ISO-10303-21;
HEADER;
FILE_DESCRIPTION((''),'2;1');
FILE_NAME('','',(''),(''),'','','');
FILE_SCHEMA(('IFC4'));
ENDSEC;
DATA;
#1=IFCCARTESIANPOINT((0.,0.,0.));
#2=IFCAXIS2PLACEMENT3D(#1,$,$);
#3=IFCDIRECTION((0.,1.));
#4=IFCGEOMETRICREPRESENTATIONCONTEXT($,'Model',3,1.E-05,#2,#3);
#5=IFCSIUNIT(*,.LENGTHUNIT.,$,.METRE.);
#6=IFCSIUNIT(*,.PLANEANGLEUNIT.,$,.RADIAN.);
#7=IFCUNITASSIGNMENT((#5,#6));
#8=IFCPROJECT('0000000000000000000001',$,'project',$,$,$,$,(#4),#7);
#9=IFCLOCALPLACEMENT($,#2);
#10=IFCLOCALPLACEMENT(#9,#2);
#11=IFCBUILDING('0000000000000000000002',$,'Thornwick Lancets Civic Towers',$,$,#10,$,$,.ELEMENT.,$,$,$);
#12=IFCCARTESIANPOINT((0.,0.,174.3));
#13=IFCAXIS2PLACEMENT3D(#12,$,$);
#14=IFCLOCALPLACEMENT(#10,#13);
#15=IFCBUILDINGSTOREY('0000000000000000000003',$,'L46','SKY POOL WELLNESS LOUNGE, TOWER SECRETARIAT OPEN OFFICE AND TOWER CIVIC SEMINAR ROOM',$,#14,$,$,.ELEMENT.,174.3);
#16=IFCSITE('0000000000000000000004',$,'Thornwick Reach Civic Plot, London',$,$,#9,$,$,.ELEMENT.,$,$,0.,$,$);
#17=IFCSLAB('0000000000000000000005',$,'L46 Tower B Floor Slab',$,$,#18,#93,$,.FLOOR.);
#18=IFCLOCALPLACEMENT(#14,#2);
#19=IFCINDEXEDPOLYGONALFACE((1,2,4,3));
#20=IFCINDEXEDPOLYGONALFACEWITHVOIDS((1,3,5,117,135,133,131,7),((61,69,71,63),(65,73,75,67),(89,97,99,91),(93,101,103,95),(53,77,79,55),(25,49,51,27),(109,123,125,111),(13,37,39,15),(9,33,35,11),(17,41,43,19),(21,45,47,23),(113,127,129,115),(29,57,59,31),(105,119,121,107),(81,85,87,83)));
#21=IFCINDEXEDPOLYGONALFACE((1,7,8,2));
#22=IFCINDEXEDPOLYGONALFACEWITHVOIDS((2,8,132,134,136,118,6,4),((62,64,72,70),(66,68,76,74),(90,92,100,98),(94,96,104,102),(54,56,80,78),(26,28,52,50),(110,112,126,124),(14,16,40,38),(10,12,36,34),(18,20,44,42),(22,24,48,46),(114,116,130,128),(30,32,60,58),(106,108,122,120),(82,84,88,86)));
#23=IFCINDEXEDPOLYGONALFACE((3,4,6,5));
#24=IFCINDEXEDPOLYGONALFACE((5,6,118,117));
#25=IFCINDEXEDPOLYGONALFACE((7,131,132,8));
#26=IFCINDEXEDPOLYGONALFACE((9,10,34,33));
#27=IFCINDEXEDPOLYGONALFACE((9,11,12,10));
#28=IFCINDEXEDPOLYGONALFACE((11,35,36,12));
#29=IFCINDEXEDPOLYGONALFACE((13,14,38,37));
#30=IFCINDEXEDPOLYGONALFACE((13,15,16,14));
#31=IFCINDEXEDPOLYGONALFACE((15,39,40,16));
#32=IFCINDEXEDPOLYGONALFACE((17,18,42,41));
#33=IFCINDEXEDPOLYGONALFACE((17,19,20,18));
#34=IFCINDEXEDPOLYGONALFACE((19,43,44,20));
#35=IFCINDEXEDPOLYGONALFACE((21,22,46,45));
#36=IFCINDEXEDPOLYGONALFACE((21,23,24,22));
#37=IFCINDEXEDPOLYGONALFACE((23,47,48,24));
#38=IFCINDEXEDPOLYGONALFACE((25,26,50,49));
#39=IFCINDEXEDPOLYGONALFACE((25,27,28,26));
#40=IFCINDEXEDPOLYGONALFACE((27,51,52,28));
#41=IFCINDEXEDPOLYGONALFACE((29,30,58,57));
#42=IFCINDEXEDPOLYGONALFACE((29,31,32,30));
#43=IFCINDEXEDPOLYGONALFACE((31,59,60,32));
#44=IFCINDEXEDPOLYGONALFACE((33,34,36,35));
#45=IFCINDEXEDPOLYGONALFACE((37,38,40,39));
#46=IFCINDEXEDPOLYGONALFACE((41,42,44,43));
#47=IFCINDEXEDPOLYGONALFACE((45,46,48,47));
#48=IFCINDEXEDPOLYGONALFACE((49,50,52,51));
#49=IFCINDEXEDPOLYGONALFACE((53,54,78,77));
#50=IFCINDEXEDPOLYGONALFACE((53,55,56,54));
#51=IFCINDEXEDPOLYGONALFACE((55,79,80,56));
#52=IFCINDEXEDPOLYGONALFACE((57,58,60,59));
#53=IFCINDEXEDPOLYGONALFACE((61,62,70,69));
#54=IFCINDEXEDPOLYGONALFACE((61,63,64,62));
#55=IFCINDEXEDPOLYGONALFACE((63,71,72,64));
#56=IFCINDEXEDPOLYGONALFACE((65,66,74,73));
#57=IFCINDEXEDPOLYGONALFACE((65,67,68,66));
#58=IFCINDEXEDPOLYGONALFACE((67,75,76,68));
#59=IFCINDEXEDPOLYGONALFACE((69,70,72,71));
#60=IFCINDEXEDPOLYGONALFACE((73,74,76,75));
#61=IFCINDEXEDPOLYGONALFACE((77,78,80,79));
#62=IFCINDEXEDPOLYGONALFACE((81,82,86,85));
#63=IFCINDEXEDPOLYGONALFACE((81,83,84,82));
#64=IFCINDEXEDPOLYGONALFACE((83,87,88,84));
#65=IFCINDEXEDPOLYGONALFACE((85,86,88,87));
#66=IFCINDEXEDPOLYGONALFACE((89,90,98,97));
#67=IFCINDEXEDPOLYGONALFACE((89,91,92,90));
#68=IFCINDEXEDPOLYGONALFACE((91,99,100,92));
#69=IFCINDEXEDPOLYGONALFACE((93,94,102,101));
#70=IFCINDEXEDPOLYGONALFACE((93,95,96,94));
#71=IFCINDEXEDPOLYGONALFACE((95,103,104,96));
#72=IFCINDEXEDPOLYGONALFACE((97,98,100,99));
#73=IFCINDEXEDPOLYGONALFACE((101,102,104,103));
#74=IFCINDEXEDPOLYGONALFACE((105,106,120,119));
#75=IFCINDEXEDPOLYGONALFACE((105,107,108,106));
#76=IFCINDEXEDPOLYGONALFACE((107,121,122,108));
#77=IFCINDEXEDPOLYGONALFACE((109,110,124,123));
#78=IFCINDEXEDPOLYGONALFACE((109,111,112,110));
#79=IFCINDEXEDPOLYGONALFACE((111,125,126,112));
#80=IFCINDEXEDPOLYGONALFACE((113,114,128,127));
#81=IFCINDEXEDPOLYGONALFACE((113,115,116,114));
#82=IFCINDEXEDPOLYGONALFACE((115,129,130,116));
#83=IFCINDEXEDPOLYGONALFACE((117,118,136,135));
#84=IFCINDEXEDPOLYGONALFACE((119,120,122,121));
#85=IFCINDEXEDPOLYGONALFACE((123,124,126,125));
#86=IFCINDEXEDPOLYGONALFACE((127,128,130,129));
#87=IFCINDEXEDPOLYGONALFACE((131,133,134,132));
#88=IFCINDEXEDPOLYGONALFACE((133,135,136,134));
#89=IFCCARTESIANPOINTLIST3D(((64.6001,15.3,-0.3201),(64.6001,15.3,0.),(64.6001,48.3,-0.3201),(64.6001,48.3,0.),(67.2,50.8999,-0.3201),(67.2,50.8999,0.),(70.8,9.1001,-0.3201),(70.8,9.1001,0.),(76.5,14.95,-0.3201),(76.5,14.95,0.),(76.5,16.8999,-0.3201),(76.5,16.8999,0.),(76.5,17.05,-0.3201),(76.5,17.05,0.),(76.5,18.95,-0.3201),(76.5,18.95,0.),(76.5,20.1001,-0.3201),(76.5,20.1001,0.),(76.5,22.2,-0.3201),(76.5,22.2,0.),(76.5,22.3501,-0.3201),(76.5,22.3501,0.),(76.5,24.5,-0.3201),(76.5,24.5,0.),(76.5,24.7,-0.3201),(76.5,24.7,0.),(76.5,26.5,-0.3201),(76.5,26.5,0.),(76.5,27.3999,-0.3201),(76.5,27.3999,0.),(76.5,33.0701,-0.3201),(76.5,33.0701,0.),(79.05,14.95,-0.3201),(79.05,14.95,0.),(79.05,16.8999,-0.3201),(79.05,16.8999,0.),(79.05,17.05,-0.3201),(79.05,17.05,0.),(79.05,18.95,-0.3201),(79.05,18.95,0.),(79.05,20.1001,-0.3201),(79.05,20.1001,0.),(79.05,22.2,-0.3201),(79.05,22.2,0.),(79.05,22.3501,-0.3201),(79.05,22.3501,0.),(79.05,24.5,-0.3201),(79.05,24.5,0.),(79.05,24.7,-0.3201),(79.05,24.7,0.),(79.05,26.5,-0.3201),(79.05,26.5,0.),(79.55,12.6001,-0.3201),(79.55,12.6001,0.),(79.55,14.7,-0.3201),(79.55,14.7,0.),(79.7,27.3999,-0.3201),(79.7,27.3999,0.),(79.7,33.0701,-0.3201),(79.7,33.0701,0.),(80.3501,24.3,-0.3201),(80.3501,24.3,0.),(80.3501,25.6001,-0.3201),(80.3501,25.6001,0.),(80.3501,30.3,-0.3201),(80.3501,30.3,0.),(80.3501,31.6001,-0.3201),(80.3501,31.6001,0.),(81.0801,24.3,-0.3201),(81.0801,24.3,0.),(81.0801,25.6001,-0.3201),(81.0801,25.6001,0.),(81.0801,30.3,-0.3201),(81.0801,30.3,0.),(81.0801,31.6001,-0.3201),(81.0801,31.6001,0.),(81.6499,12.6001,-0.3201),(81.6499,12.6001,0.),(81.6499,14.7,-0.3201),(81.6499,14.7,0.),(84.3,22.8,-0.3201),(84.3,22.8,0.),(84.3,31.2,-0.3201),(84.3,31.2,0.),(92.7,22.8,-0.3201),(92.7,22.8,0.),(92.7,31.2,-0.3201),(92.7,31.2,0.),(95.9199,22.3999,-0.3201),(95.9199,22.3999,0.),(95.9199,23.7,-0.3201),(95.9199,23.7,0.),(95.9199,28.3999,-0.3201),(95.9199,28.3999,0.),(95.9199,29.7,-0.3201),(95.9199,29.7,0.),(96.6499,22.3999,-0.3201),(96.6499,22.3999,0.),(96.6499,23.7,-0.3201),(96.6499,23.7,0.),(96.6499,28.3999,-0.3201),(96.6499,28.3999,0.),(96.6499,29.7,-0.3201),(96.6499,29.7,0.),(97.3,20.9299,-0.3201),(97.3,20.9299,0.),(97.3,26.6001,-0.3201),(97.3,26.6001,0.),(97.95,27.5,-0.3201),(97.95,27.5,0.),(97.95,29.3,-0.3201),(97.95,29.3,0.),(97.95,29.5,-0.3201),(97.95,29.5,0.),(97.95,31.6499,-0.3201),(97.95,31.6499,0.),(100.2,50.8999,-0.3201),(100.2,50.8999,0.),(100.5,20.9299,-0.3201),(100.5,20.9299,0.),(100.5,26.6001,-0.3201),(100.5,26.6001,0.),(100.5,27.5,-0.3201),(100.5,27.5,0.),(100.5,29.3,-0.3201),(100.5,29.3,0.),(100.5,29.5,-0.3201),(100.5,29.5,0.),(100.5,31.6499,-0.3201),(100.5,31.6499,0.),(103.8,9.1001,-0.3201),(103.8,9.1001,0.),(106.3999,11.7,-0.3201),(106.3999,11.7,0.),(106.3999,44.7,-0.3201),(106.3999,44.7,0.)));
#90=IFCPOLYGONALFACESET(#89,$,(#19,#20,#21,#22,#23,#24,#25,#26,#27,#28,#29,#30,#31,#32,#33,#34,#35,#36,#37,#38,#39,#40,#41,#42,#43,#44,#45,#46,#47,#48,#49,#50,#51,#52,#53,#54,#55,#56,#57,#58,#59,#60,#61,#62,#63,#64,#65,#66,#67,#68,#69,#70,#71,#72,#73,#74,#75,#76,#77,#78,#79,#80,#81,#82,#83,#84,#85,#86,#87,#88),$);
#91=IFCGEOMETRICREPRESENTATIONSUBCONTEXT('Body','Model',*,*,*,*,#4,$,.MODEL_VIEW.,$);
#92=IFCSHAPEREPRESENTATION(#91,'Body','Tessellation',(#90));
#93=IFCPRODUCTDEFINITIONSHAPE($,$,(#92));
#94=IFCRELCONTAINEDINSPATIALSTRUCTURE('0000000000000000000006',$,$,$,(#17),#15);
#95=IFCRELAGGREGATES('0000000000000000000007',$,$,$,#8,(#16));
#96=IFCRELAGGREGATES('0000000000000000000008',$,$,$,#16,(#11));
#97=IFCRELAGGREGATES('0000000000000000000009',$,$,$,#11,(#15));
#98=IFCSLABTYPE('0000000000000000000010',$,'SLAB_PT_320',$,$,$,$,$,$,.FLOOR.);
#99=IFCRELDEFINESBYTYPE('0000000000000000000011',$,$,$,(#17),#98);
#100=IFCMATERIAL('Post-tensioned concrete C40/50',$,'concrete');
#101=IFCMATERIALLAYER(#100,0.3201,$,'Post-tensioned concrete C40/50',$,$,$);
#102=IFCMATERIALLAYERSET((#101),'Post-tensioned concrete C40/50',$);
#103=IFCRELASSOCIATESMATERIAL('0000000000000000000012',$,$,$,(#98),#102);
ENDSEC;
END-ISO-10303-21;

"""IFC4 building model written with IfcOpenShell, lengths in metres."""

from ifc_helpers import new_model, si_unit, direction, frame, origin, place, context, subcontext, project, spatial, polyline, outline, extrude, material, layer, layer_set, type_object, element, save


model = new_model("IFC4")

# Units and contexts
model_context = context("Model", 3, precision=1e-05, world=origin(), true_north=direction((0.0, 1.0)))
body_context = subcontext(model_context, "Body", "Model", "MODEL_VIEW")
ifc_project = project(units=[si_unit("LENGTHUNIT", "METRE"), si_unit("PLANEANGLEUNIT", "RADIAN")], contexts=[model_context])

# Site, building, storey
site_placement = place(None, origin())
site = spatial("IfcSite", under=ifc_project, at=site_placement, Name="Thornwick Reach Civic Plot, London", CompositionType="ELEMENT", RefElevation=0.0)
building_placement = place(site_placement, origin())
building = spatial("IfcBuilding", under=site, at=building_placement, Name="Thornwick Lancets Civic Towers", CompositionType="ELEMENT")
storey_placement = place(building_placement, frame((0.0, 0.0, 174.3)))
storey = spatial("IfcBuildingStorey", under=building, at=storey_placement, Name="L46", Description="SKY POOL WELLNESS LOUNGE, TOWER SECRETARIAT OPEN OFFICE AND TOWER CIVIC SEMINAR ROOM", CompositionType="ELEMENT", Elevation=174.3)

# Slab
ifc_material_1 = material(Name="Post-tensioned concrete C40/50", Category="concrete")
ifc_layer_1 = layer(ifc_material_1, 0.3201, Name="Post-tensioned concrete C40/50")
ifc_layer_set_1 = layer_set([ifc_layer_1], Name="Post-tensioned concrete C40/50")
slab_type_1 = type_object("IfcSlabType", Name="SLAB_PT_320", PredefinedType="FLOOR", material=ifc_layer_set_1)
slab_1_placement = place(storey_placement, frame((0.0, 0.0, -0.3201)))
element("IfcSlab", 1, at=slab_1_placement, inside=storey, type_object=slab_type_1, Name="L46 Tower B Floor Slab", PredefinedType="FLOOR", context=body_context, shape_type="SweptSolid", body=[
    extrude(outline(polyline([(70.8, 9.1001), (103.8, 9.1001), (106.3999, 11.7), (106.3999, 44.7), (100.2, 50.8999), (67.2, 50.8999), (64.6001, 48.3), (64.6001, 15.3), (70.8, 9.1001)]), holes=[polyline([(84.3, 22.8), (92.7, 22.8), (92.7, 31.2), (84.3, 31.2), (84.3, 22.8)]), polyline([(100.5, 20.9299), (100.5, 26.6001), (97.3, 26.6001), (97.3, 20.9299), (100.5, 20.9299)]), polyline([(76.5, 33.0701), (76.5, 27.3999), (79.7, 27.3999), (79.7, 33.0701), (76.5, 33.0701)]), polyline([(97.95, 27.5), (100.5, 27.5), (100.5, 29.3), (97.95, 29.3), (97.95, 27.5)]), polyline([(97.95, 29.5), (100.5, 29.5), (100.5, 31.6499), (97.95, 31.6499), (97.95, 29.5)]), polyline([(76.5, 24.7), (79.05, 24.7), (79.05, 26.5), (76.5, 26.5), (76.5, 24.7)]), polyline([(76.5, 22.3501), (79.05, 22.3501), (79.05, 24.5), (76.5, 24.5), (76.5, 22.3501)]), polyline([(76.5, 20.1001), (79.05, 20.1001), (79.05, 22.2), (76.5, 22.2), (76.5, 20.1001)]), polyline([(76.5, 17.05), (79.05, 17.05), (79.05, 18.95), (76.5, 18.95), (76.5, 17.05)]), polyline([(76.5, 14.95), (79.05, 14.95), (79.05, 16.8999), (76.5, 16.8999), (76.5, 14.95)]), polyline([(79.55, 12.6001), (81.6499, 12.6001), (81.6499, 14.7), (79.55, 14.7), (79.55, 12.6001)]), polyline([(95.9199, 28.3999), (96.6499, 28.3999), (96.6499, 29.7), (95.9199, 29.7), (95.9199, 28.3999)]), polyline([(95.9199, 22.3999), (96.6499, 22.3999), (96.6499, 23.7), (95.9199, 23.7), (95.9199, 22.3999)]), polyline([(80.3501, 24.3), (81.0801, 24.3), (81.0801, 25.6001), (80.3501, 25.6001), (80.3501, 24.3)]), polyline([(80.3501, 30.3), (81.0801, 30.3), (81.0801, 31.6001), (80.3501, 31.6001), (80.3501, 30.3)])]), origin(), (0.0, 0.0, 1.0), 0.3201),
])

save(model, "model.ifc")
